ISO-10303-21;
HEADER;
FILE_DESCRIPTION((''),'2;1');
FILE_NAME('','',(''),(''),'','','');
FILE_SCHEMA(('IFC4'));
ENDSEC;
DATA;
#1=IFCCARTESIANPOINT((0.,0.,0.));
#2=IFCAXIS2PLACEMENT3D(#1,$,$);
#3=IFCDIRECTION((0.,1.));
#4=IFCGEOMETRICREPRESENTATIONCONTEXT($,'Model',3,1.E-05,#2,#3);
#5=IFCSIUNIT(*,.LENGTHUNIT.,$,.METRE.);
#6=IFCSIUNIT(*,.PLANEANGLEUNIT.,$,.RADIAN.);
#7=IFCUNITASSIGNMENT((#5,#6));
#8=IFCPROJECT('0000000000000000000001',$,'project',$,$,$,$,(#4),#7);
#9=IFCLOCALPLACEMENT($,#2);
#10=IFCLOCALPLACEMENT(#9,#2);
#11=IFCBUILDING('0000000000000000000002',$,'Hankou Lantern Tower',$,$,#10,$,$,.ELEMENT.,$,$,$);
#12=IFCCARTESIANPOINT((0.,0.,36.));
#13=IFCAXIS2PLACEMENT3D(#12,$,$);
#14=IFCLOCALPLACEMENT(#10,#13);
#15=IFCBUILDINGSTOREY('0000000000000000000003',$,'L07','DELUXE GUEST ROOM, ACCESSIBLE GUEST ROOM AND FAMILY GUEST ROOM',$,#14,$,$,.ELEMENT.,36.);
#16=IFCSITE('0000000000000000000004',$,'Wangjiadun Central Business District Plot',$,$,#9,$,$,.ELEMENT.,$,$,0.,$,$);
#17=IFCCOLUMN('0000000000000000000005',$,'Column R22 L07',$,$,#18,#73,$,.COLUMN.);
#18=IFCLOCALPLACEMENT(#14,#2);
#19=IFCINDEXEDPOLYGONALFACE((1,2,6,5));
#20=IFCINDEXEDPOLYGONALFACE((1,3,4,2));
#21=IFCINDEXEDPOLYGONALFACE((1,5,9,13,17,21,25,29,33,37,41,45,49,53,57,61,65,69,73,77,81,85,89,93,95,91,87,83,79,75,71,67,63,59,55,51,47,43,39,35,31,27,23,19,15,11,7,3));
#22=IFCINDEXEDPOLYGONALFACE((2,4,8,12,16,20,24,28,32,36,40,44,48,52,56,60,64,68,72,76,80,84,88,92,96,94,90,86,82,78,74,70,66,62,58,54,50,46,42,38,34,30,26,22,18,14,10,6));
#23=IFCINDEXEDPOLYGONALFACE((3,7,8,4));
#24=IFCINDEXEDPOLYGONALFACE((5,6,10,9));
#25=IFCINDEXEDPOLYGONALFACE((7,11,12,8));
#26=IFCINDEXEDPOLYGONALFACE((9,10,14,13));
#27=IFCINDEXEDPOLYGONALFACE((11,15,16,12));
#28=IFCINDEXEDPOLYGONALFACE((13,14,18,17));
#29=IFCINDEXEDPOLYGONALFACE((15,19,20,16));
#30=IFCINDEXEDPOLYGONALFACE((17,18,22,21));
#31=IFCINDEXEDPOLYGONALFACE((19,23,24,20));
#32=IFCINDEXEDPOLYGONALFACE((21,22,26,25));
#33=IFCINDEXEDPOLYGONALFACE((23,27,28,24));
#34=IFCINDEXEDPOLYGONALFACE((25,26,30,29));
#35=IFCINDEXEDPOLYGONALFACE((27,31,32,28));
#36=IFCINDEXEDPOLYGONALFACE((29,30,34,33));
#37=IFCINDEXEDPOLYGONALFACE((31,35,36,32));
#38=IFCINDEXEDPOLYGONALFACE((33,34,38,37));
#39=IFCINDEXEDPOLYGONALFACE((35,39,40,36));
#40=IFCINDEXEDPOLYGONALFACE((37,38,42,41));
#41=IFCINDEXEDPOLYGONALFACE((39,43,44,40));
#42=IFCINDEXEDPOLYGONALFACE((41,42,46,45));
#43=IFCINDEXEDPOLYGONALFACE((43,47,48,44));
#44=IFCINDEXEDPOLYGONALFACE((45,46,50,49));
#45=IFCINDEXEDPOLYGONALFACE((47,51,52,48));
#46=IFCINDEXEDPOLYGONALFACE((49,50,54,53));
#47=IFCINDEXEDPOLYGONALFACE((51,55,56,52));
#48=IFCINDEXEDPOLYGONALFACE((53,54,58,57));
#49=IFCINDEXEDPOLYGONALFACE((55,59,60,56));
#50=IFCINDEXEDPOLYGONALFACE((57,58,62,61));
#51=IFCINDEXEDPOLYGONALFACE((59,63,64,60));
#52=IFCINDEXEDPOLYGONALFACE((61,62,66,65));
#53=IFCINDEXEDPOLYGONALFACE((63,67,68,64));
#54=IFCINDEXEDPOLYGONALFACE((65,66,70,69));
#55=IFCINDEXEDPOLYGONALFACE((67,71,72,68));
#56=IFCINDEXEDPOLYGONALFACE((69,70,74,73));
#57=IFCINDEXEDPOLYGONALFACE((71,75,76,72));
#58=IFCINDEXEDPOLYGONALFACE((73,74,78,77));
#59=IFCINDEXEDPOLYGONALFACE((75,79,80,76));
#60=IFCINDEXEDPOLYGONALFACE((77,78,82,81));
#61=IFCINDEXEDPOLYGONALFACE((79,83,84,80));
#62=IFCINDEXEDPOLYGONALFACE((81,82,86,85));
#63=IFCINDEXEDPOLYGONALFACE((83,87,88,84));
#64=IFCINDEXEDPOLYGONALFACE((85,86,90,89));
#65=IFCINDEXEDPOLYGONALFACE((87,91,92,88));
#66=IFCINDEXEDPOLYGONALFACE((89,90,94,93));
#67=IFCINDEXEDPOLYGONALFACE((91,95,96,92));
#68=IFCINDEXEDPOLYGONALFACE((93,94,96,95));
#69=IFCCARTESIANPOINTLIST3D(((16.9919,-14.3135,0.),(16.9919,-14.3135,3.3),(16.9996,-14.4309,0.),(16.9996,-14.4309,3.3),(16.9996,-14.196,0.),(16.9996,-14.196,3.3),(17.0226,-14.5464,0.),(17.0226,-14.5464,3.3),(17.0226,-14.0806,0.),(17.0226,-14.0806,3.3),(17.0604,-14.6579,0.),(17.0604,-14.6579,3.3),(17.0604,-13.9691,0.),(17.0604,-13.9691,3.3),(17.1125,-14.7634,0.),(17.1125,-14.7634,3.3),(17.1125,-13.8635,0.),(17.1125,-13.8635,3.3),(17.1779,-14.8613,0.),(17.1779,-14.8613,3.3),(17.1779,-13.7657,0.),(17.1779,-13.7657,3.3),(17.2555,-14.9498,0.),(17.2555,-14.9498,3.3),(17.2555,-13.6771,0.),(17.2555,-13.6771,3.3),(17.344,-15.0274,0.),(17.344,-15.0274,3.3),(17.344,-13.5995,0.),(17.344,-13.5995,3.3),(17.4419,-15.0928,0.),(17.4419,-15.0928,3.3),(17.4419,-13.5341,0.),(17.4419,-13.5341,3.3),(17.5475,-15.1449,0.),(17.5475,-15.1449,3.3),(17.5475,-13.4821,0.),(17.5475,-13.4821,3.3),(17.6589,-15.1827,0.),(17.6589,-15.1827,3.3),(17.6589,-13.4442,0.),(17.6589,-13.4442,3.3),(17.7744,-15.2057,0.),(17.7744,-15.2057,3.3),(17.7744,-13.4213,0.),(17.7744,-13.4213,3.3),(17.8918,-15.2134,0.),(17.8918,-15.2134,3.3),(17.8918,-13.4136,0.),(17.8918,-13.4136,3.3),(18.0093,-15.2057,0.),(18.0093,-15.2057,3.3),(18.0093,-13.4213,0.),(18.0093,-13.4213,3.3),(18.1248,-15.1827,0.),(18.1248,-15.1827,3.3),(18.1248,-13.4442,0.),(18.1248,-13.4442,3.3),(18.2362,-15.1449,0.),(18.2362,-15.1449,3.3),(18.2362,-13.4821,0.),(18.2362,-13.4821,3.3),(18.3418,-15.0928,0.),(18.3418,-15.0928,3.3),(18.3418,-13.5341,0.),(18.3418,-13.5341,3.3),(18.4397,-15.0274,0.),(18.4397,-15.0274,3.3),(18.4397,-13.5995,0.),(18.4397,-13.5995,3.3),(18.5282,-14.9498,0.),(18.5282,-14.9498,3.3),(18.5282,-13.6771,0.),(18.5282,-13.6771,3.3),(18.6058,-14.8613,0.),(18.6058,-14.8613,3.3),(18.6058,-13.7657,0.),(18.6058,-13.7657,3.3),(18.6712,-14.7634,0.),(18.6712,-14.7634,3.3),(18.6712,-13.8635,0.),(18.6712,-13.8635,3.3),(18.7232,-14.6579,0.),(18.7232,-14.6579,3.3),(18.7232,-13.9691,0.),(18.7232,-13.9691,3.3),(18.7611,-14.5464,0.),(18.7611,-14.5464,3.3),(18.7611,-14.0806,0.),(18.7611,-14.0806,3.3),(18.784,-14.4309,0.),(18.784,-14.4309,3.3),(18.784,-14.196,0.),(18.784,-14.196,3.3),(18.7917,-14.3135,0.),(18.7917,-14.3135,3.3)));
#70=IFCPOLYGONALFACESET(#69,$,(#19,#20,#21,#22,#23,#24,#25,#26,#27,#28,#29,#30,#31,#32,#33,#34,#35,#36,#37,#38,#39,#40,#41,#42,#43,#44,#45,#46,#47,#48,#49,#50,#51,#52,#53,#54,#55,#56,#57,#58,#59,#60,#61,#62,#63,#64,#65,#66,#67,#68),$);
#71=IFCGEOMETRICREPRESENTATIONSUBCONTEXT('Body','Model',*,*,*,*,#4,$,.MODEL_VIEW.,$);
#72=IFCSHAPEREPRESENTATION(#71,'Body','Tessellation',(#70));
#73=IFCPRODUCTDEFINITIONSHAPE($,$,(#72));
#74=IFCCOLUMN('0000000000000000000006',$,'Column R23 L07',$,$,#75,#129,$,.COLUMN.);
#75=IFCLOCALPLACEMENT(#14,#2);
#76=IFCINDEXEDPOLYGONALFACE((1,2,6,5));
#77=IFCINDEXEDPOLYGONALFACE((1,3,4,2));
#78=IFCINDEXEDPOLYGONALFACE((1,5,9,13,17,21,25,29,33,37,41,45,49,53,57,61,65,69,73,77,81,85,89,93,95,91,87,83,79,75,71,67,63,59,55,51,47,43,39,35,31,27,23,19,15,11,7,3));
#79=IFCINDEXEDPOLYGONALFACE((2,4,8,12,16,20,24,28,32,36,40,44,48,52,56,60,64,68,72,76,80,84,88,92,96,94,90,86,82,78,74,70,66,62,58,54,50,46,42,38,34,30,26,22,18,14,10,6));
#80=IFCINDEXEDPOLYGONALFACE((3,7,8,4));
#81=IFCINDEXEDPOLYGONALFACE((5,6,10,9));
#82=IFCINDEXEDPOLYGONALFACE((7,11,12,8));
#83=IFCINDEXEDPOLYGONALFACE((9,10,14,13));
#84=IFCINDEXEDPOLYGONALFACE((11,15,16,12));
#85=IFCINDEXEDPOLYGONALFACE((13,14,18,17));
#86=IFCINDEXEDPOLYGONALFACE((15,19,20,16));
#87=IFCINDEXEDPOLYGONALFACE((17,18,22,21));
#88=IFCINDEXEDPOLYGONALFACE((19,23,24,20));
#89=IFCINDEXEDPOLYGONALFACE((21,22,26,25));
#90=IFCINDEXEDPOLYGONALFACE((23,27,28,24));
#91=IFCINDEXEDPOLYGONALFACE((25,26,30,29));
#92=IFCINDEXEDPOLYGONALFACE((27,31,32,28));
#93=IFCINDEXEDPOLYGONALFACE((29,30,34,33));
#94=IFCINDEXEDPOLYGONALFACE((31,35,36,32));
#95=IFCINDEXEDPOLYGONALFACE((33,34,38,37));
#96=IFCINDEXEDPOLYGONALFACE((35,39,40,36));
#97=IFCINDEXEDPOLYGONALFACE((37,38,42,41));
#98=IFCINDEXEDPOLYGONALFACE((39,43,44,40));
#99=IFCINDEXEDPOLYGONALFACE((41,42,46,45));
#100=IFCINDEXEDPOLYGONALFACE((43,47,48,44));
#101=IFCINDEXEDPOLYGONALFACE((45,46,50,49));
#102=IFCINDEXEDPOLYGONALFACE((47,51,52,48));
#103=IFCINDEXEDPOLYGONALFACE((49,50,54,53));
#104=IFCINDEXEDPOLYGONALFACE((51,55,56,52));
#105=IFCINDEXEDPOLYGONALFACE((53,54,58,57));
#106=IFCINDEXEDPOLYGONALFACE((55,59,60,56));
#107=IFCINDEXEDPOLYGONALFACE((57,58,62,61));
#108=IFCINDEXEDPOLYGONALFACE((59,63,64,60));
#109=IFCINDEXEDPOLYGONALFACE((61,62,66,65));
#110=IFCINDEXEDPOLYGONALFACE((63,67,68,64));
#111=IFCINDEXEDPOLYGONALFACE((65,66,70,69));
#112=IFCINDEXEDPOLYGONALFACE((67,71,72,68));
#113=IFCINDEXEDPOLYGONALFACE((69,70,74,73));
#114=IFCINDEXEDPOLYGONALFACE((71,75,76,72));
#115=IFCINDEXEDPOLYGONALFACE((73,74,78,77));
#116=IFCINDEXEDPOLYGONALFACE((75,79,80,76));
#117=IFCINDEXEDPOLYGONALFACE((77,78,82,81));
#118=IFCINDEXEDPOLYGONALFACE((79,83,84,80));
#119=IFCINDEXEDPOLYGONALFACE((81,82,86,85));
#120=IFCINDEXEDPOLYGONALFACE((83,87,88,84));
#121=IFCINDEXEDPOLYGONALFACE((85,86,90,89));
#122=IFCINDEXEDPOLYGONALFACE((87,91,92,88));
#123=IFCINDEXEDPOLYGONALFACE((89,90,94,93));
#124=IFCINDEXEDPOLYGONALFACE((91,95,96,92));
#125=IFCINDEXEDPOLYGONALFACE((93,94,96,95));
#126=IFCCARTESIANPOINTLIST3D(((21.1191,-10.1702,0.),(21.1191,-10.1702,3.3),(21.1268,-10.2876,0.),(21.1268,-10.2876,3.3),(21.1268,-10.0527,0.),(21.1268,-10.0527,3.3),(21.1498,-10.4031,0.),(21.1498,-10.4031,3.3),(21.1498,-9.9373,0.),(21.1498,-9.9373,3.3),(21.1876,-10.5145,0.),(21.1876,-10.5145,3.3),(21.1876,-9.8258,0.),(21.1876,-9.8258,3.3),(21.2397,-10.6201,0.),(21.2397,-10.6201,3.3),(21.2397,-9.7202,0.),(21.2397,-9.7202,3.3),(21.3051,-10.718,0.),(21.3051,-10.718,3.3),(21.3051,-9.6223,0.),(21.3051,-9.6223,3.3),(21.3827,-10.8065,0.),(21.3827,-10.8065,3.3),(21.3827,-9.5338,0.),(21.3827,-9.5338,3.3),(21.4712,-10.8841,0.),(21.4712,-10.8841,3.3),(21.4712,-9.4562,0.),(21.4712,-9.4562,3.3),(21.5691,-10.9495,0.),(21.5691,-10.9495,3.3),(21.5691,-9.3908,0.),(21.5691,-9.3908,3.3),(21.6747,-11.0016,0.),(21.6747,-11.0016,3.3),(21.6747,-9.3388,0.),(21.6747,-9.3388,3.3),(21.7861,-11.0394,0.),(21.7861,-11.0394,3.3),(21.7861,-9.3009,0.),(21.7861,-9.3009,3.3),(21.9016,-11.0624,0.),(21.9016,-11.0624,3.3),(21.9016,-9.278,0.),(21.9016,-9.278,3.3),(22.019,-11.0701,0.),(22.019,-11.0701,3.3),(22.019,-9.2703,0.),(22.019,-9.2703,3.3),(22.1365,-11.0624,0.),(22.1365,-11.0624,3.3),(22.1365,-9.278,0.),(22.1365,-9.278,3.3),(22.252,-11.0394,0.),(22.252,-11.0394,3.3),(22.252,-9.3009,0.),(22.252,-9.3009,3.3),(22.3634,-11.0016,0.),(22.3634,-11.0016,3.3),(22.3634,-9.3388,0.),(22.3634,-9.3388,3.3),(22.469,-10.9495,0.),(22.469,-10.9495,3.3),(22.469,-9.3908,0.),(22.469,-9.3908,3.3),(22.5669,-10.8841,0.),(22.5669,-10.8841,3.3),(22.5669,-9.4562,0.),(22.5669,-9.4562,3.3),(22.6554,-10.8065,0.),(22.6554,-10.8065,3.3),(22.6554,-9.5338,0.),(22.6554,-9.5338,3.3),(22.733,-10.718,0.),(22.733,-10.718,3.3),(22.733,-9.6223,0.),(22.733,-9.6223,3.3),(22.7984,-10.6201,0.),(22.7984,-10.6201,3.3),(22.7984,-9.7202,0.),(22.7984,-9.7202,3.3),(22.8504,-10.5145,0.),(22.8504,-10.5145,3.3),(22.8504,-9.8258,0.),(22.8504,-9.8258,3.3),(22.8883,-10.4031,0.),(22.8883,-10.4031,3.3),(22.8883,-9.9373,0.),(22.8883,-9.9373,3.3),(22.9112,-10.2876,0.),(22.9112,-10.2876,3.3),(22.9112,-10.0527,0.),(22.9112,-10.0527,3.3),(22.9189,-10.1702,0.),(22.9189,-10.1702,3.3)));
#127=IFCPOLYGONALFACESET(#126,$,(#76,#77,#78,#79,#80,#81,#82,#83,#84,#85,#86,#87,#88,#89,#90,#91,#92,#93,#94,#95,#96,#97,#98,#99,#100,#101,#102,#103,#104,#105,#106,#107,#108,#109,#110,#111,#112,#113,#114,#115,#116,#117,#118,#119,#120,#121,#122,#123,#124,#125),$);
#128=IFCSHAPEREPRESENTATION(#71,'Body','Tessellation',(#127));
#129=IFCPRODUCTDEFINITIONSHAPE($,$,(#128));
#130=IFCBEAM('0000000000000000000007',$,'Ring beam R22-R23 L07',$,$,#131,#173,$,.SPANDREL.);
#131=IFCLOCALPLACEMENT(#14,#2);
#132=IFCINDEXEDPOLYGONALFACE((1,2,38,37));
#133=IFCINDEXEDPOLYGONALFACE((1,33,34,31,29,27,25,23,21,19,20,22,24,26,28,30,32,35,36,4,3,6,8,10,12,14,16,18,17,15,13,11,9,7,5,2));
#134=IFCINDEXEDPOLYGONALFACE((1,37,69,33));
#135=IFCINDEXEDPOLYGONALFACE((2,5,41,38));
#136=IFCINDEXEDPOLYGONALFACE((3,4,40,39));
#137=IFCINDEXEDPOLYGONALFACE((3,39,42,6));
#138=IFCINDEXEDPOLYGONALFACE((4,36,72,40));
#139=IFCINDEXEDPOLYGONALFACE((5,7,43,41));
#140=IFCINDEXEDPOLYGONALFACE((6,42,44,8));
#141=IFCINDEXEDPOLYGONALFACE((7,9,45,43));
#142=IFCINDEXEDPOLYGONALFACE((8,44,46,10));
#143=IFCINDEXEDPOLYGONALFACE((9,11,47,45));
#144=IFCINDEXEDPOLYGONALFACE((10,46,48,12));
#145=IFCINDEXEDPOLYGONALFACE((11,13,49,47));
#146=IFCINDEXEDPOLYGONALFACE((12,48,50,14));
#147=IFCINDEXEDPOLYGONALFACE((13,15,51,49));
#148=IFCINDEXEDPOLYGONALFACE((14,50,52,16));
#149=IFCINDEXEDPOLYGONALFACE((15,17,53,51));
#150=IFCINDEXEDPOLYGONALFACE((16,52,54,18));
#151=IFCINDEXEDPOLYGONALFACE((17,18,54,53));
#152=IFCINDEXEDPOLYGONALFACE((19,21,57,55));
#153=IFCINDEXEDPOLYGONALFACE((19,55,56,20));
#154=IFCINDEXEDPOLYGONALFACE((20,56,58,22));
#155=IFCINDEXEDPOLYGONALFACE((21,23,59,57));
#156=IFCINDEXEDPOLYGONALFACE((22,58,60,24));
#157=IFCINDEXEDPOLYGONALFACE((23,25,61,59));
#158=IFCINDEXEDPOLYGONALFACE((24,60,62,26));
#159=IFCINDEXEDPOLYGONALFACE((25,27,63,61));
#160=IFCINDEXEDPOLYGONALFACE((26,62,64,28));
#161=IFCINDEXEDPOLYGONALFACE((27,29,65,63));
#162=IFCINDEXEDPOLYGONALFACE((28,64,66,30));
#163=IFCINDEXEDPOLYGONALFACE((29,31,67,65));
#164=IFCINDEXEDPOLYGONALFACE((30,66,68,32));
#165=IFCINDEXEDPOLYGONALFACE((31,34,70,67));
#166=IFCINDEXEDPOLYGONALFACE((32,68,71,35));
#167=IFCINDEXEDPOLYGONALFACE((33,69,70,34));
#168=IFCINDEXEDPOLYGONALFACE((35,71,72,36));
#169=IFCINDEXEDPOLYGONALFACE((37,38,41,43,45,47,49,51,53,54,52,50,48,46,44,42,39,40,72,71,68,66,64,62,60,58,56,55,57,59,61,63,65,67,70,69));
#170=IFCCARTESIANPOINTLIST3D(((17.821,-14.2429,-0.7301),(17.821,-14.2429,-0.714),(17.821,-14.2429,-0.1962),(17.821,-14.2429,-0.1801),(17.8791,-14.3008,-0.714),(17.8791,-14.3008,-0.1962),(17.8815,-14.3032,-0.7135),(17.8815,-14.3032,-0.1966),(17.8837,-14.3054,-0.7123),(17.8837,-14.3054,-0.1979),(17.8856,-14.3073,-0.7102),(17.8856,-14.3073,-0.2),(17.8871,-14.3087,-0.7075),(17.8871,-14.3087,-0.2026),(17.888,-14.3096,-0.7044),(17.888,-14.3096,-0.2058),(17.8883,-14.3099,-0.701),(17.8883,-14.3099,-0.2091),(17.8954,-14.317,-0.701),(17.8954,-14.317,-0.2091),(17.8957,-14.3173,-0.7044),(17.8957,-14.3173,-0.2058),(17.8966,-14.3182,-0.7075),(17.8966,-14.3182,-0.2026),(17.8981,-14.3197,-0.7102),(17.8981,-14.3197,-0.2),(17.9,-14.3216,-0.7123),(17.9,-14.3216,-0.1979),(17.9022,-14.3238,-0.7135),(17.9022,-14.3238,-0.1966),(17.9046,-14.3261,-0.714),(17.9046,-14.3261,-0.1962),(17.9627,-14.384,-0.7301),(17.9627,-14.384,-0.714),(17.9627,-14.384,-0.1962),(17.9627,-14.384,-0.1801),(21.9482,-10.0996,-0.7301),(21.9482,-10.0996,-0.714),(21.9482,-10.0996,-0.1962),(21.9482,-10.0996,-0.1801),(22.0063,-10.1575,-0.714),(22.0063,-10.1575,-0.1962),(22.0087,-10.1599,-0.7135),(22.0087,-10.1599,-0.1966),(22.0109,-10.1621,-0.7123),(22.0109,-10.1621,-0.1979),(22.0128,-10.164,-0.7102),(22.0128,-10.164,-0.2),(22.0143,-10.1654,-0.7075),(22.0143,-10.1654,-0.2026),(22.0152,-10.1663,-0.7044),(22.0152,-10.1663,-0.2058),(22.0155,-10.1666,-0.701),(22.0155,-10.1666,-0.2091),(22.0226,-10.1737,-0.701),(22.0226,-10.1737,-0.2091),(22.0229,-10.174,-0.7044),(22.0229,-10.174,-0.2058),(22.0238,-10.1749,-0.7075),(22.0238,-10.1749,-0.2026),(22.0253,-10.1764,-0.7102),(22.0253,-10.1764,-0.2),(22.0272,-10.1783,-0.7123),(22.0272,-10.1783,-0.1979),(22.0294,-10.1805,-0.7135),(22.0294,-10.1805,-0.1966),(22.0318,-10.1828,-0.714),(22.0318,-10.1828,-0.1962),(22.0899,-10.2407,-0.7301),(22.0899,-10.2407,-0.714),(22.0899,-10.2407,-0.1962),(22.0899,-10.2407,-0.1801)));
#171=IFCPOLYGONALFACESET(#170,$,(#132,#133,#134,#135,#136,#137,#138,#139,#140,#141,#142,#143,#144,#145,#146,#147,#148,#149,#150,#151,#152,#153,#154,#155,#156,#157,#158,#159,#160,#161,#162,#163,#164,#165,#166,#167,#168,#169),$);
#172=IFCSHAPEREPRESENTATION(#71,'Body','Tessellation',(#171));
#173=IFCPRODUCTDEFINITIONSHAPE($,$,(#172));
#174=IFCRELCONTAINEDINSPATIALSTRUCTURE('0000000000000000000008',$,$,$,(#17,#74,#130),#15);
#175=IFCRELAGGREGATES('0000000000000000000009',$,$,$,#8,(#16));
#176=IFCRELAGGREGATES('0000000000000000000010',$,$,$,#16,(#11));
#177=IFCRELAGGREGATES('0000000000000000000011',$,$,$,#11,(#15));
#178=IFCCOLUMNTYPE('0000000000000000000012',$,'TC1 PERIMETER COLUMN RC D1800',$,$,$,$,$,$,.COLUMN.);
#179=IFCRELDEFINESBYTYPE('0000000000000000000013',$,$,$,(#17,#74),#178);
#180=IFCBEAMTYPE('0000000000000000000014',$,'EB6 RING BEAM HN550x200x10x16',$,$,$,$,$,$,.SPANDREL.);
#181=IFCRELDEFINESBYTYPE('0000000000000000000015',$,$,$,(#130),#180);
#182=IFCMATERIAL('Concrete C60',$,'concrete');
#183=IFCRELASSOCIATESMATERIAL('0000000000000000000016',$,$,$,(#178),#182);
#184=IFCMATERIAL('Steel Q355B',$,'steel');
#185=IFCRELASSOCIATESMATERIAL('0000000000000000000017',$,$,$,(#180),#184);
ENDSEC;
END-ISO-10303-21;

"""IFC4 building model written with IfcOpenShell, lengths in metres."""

from ifc_helpers import new_model, si_unit, direction, frame, origin, origin_2d, place, context, subcontext, project, spatial, circle, i_section, extrude, material, material_profile, profile_set, type_object, element, save


model = new_model("IFC4")

# Units and contexts
model_context = context("Model", 3, precision=1e-05, world=origin(), true_north=direction((0.0, 1.0)))
body_context = subcontext(model_context, "Body", "Model", "MODEL_VIEW")
ifc_project = project(units=[si_unit("LENGTHUNIT", "METRE"), si_unit("PLANEANGLEUNIT", "RADIAN")], contexts=[model_context])

# Site, building, storey
site_placement = place(None, origin())
site = spatial("IfcSite", under=ifc_project, at=site_placement, Name="Wangjiadun Central Business District Plot", CompositionType="ELEMENT", RefElevation=0.0)
building_placement = place(site_placement, origin())
building = spatial("IfcBuilding", under=site, at=building_placement, Name="Hankou Lantern Tower", CompositionType="ELEMENT")
storey_placement = place(building_placement, frame((0.0, 0.0, 36.0)))
storey = spatial("IfcBuildingStorey", under=building, at=storey_placement, Name="L07", Description="DELUXE GUEST ROOM, ACCESSIBLE GUEST ROOM AND FAMILY GUEST ROOM", CompositionType="ELEMENT", Elevation=36.0)

# Columns
ifc_material_1 = material(Name="Concrete C60", Category="concrete")
ifc_material_profile_1 = material_profile(ifc_material_1, circle(Radius=0.8999, at=origin_2d()), Name="RC D1800")
ifc_profile_set_1 = profile_set([ifc_material_profile_1], Name="Concrete C60")
column_type = type_object("IfcColumnType", Name="TC1 PERIMETER COLUMN RC D1800", PredefinedType="COLUMN", material=ifc_profile_set_1)
for number, where, z_axis, x_axis, name in (
    (1, (17.8918, -14.3135, 0.0), (0.0, 0.0, 1.0), (1.0, 0.0, 0.0), "Column R22 L07"),
    (2, (22.019, -10.1702, 0.0), (0.0, 0.0, 1.0), (1.0, 0.0, 0.0), "Column R23 L07"),
):
    element("IfcColumn", number, at=place(storey_placement, frame(where, z_axis=z_axis, x_axis=x_axis)), inside=storey, type_object=column_type, Name=name, PredefinedType="COLUMN", context=body_context, shape_type="SweptSolid", body=[
        extrude(circle(Radius=0.8999, at=origin_2d()), origin(), (0.0, 0.0, 1.0), 3.3),
    ])

# Beam
ifc_material_2 = material(Name="Steel Q355B", Category="steel")
ifc_material_profile_2 = material_profile(ifc_material_2, i_section(OverallWidth=0.2, OverallDepth=0.55, WebThickness=0.01, FlangeThickness=0.0161, FilletRadius=0.0129, at=origin_2d()), Name="HN550x200x10x16")
ifc_profile_set_2 = profile_set([ifc_material_profile_2], Name="Steel Q355B")
beam_type = type_object("IfcBeamType", Name="EB6 RING BEAM HN550x200x10x16", PredefinedType="SPANDREL", material=ifc_profile_set_2)
beam_1_placement = place(storey_placement, frame((17.8918, -14.3135, -0.4551), z_axis=(0.705728, 0.708483, 0.0), x_axis=(-0.708483, 0.705728, 0.0)))
element("IfcBeam", 3, at=beam_1_placement, inside=storey, type_object=beam_type, Name="Ring beam R22-R23 L07", PredefinedType="SPANDREL", context=body_context, shape_type="SweptSolid", body=[
    extrude(i_section(OverallWidth=0.2, OverallDepth=0.55, WebThickness=0.01, FlangeThickness=0.0161, FilletRadius=0.0129, at=origin_2d()), origin(), (0.0, 0.0, 1.0), 5.8481),
])

save(model, "model.ifc")
